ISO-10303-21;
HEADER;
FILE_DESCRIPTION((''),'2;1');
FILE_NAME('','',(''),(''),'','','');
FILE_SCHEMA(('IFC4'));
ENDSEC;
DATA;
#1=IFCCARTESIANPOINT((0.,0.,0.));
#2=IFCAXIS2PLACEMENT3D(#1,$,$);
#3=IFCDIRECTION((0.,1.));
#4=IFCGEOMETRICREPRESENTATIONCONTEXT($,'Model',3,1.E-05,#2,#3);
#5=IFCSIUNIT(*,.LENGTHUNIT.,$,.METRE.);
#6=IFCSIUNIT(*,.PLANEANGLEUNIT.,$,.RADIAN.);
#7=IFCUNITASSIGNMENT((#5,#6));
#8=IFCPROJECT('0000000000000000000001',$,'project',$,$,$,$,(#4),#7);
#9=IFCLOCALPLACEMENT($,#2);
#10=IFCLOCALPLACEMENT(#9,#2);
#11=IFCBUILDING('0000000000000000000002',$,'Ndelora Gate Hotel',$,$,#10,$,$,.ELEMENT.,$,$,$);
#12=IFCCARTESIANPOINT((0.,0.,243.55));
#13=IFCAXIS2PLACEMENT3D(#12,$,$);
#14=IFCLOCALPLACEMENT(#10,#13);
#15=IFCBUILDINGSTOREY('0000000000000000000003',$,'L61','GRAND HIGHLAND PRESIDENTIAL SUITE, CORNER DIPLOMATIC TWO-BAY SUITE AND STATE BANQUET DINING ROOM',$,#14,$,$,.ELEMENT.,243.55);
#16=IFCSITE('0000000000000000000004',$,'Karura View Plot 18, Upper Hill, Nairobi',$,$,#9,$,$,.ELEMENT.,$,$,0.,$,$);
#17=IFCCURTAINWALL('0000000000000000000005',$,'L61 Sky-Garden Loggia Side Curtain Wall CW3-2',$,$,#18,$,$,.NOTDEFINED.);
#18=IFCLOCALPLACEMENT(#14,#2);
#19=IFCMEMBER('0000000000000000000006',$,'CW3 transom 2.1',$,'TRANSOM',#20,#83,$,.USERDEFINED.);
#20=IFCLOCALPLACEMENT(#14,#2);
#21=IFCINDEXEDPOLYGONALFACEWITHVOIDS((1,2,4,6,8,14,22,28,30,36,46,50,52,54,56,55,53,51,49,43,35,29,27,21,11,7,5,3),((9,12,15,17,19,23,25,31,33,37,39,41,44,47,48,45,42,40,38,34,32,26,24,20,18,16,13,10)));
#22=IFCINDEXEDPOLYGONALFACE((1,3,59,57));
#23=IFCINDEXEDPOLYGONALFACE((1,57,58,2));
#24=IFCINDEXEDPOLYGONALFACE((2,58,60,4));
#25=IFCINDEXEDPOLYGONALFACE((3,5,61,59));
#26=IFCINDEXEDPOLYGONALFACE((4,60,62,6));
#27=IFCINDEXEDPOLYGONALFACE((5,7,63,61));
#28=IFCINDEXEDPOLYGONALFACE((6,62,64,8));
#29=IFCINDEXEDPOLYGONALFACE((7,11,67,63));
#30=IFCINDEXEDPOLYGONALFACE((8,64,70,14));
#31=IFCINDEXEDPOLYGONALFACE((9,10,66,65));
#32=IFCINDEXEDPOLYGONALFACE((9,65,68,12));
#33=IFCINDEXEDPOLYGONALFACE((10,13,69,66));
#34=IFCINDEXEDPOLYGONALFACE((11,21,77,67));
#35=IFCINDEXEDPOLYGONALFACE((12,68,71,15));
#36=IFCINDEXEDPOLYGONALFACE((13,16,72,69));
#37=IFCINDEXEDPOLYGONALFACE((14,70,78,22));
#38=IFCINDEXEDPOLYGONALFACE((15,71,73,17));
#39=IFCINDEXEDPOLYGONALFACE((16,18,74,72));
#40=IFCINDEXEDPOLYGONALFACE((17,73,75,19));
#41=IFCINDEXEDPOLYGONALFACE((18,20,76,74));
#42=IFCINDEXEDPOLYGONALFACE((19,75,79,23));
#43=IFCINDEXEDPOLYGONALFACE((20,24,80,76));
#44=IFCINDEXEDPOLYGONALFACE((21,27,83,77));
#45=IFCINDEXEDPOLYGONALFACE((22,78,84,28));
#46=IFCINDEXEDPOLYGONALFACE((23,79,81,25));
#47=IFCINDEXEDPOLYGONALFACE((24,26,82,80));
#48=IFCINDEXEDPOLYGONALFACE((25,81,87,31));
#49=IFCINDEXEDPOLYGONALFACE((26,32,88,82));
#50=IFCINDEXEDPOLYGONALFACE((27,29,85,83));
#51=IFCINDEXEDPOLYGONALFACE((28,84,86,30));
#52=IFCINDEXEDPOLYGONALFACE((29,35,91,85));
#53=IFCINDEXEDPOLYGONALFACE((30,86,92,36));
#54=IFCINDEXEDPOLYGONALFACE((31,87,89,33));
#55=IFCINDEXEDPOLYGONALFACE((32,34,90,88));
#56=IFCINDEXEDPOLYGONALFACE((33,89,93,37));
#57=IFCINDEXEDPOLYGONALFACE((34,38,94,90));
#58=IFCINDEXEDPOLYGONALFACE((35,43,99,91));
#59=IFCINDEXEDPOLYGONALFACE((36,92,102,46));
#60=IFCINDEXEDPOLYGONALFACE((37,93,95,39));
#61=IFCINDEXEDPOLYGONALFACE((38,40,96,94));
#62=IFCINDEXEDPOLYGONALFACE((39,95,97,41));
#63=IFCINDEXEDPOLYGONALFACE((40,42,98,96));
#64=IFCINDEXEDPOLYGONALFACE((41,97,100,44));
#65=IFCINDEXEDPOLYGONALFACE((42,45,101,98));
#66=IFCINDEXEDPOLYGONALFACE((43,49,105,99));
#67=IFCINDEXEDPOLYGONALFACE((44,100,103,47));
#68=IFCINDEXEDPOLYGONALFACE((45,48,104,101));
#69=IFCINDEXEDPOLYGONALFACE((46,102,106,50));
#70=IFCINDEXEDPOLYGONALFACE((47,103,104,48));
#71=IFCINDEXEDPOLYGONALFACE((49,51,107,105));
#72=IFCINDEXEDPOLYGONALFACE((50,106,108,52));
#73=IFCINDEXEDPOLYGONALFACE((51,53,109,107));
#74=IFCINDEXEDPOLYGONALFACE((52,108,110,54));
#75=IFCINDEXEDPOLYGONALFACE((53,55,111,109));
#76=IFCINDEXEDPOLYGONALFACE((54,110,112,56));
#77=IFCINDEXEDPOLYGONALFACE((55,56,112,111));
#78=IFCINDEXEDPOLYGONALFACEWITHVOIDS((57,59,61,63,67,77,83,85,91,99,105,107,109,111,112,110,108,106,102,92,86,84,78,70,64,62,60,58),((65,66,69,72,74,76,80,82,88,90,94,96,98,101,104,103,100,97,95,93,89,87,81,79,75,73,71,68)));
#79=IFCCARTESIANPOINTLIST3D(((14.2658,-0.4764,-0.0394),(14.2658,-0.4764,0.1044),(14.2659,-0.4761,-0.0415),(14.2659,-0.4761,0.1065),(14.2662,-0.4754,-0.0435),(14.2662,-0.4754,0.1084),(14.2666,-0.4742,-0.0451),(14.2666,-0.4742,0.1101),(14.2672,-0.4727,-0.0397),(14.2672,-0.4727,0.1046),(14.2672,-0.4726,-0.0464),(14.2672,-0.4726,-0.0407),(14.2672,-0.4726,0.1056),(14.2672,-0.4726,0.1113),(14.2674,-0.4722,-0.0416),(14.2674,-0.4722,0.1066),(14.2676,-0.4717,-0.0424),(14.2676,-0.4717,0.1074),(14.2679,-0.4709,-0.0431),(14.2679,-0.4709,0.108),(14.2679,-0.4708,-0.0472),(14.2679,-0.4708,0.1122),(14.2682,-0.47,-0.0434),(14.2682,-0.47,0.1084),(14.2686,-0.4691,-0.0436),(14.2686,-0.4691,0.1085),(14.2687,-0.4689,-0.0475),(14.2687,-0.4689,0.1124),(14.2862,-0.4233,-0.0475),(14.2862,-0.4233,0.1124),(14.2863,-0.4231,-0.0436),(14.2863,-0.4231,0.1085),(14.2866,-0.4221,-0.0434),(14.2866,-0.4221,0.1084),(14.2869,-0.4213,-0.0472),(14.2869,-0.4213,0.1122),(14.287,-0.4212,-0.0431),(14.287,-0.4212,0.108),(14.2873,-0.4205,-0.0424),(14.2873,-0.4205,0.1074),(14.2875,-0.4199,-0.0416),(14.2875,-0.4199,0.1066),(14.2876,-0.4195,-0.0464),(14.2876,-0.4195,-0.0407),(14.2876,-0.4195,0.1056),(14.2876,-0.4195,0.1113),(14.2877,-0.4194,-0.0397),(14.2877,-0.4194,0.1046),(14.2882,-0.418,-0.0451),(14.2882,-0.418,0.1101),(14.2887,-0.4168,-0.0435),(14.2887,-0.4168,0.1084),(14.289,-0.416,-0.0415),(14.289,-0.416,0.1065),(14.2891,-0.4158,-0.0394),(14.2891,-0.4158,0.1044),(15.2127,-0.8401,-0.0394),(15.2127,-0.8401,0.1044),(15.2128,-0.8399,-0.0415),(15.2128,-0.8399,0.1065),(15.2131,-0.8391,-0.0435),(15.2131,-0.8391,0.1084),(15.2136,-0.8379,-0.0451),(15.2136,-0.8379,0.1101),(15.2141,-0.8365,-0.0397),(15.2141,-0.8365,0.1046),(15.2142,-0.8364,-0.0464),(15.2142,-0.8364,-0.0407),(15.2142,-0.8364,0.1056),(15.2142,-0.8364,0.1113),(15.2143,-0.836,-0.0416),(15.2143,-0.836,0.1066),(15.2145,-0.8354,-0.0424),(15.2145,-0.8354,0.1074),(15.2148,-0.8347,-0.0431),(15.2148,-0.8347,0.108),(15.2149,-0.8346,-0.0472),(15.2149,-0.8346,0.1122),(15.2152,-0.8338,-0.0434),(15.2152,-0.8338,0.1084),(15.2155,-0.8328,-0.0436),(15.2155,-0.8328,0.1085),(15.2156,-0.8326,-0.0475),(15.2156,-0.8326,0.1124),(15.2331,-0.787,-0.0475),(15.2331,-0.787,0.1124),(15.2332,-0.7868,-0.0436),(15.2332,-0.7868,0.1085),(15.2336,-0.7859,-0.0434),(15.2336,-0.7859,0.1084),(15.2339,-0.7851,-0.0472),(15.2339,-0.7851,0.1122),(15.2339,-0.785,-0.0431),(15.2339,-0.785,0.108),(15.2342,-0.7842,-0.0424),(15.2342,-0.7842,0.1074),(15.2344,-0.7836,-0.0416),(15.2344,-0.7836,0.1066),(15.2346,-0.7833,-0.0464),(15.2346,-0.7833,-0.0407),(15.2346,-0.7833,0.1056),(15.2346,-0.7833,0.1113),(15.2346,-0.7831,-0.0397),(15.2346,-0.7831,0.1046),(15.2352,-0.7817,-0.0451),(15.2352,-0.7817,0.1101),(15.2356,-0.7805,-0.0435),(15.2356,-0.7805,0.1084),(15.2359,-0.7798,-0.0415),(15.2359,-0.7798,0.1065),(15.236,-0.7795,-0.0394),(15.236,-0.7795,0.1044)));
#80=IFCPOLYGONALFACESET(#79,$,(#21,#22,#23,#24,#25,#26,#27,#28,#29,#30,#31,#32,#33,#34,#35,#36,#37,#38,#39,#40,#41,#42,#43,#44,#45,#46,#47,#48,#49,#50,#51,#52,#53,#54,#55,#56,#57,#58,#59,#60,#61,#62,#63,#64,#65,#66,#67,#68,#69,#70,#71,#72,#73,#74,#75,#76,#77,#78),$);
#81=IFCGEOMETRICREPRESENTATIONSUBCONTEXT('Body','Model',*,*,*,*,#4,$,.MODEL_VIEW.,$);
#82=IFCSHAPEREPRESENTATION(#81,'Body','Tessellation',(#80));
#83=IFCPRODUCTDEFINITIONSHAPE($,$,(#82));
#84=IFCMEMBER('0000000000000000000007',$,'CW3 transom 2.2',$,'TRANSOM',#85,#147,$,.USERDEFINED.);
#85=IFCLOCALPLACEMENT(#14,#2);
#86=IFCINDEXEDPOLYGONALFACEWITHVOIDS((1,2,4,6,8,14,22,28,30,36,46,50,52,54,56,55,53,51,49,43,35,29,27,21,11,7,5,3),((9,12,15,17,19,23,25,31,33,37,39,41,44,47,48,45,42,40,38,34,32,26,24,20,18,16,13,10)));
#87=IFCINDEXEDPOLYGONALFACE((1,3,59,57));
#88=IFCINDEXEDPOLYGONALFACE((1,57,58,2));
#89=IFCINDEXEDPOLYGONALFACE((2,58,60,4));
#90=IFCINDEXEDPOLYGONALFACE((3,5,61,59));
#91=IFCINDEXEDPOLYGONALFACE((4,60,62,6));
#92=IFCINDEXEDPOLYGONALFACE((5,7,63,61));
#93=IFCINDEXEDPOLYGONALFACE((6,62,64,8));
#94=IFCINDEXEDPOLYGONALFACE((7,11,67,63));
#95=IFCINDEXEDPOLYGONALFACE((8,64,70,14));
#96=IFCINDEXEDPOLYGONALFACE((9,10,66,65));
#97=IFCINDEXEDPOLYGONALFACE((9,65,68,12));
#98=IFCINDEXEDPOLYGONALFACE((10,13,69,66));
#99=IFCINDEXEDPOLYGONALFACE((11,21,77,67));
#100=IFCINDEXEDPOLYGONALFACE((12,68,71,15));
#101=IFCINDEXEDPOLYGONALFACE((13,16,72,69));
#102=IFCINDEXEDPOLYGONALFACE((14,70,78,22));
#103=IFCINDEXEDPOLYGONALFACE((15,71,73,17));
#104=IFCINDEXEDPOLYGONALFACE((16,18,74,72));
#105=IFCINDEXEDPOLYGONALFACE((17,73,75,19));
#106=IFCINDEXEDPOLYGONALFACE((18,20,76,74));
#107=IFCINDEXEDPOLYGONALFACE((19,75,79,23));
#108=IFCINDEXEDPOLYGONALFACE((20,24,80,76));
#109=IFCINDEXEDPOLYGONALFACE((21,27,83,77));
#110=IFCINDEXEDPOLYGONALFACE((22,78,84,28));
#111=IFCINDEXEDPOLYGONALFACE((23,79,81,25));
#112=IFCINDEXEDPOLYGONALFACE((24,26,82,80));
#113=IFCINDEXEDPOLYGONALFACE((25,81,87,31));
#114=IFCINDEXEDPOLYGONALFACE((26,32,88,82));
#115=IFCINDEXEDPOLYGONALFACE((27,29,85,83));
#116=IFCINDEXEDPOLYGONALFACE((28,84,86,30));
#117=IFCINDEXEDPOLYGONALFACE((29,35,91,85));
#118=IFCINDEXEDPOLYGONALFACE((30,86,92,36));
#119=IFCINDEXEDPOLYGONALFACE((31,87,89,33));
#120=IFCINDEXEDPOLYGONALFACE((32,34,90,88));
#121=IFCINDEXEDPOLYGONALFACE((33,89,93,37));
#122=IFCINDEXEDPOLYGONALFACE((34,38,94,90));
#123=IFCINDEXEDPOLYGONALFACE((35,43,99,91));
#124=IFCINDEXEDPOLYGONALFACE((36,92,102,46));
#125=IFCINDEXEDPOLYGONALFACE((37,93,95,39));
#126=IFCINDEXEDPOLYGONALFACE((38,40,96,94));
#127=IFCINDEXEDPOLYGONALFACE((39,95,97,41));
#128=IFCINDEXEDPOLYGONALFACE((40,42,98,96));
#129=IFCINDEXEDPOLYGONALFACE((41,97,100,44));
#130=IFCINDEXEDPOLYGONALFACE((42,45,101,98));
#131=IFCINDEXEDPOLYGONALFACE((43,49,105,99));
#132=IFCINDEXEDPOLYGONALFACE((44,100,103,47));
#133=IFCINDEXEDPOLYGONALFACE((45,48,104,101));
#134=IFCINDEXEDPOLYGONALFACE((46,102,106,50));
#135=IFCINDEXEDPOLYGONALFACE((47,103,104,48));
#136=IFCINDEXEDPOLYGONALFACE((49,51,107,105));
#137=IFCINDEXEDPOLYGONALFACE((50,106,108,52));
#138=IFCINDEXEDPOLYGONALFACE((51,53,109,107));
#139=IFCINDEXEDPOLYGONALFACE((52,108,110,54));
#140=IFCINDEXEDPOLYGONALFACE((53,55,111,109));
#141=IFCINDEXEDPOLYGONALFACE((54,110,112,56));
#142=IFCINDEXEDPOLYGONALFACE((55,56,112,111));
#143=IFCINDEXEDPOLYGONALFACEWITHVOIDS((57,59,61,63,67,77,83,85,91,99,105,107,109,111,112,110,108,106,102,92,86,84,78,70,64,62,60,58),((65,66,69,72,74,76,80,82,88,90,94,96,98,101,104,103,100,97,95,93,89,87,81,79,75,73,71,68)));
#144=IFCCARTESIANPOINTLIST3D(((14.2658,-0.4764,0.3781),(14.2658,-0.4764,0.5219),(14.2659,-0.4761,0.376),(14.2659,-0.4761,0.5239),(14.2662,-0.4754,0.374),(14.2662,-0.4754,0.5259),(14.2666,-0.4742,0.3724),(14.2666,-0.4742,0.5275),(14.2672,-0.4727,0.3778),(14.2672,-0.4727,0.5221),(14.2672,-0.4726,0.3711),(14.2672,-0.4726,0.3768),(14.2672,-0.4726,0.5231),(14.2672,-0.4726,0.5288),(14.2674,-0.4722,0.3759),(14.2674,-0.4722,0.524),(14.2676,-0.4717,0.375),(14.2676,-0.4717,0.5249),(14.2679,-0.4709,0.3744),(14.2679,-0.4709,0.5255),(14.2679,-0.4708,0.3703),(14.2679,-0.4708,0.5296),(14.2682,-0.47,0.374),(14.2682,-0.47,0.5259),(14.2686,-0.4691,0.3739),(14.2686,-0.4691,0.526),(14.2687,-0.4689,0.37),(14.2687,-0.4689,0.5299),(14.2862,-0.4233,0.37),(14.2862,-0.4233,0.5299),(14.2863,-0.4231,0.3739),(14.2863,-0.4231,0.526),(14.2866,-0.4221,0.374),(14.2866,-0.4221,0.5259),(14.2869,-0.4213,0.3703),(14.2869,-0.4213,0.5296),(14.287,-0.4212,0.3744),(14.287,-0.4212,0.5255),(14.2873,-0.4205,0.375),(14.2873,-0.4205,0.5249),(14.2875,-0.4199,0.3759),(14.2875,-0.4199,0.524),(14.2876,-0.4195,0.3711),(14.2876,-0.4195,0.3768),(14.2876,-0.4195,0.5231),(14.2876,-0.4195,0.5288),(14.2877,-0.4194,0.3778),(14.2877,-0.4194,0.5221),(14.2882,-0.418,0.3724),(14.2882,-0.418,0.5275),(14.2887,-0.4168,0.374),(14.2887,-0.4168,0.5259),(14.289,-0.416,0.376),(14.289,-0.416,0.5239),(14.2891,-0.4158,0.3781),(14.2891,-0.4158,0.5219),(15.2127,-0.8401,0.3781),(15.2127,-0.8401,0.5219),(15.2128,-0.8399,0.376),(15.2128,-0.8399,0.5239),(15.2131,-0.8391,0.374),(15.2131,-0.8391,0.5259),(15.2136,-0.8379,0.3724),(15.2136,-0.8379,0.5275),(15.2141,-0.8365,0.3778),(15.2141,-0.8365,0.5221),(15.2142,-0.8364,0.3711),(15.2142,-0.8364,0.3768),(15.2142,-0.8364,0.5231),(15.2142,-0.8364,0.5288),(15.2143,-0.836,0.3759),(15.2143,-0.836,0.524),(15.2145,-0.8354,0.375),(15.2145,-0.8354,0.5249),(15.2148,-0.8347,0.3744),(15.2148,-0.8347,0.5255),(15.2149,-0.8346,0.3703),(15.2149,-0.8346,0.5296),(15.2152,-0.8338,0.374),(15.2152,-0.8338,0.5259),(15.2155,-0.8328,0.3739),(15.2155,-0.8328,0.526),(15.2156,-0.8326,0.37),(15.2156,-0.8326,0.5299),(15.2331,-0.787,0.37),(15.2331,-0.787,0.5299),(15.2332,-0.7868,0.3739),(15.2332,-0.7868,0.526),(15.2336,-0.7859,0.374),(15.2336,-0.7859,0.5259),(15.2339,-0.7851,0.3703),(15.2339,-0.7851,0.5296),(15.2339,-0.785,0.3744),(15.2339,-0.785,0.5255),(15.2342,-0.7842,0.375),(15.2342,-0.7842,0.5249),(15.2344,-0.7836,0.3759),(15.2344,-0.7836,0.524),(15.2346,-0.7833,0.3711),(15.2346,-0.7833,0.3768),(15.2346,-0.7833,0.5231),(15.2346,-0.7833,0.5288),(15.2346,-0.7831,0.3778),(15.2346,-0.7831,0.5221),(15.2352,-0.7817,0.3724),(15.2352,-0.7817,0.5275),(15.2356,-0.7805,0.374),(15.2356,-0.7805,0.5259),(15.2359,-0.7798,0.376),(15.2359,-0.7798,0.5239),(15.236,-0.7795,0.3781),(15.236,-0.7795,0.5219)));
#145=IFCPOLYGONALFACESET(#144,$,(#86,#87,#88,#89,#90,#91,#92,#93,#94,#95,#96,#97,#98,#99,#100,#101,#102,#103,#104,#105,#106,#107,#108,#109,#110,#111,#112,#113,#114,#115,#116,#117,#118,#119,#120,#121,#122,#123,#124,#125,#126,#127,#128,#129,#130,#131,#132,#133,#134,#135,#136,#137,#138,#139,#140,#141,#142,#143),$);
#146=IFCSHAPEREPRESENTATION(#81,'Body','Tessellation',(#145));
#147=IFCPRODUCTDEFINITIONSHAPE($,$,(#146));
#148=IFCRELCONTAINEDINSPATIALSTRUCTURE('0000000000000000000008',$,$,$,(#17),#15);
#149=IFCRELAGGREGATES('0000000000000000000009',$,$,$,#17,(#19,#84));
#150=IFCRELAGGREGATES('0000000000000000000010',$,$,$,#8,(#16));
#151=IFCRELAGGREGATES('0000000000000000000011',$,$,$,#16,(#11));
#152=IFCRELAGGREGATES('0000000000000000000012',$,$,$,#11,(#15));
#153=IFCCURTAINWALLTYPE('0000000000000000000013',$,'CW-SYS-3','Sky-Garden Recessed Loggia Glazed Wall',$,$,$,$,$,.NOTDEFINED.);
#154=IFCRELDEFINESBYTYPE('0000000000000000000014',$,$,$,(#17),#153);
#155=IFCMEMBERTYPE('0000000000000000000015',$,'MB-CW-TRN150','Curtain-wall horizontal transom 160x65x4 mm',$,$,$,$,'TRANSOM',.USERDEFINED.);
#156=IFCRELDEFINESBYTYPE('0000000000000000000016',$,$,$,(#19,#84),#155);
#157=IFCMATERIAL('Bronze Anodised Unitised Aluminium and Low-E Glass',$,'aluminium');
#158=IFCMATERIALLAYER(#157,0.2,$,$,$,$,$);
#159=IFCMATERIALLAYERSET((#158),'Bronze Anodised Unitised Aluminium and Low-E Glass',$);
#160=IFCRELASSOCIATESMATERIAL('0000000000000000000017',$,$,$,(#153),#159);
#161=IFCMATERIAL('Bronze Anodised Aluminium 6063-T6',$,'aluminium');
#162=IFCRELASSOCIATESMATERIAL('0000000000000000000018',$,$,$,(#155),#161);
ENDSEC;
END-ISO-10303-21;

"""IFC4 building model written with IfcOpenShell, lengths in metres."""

from ifc_helpers import new_model, si_unit, direction, frame, origin, origin_2d, place, context, subcontext, project, spatial, hollow_rectangle, extrude, material, layer, layer_set, material_profile, profile_set, type_object, element, aggregate, save


model = new_model("IFC4")

# Units and contexts
model_context = context("Model", 3, precision=1e-05, world=origin(), true_north=direction((0.0, 1.0)))
body_context = subcontext(model_context, "Body", "Model", "MODEL_VIEW")
ifc_project = project(units=[si_unit("LENGTHUNIT", "METRE"), si_unit("PLANEANGLEUNIT", "RADIAN")], contexts=[model_context])

# Site, building, storey
site_placement = place(None, origin())
site = spatial("IfcSite", under=ifc_project, at=site_placement, Name="Karura View Plot 18, Upper Hill, Nairobi", CompositionType="ELEMENT", RefElevation=0.0)
building_placement = place(site_placement, origin())
building = spatial("IfcBuilding", under=site, at=building_placement, Name="Ndelora Gate Hotel", CompositionType="ELEMENT")
storey_placement = place(building_placement, frame((0.0, 0.0, 243.55)))
storey = spatial("IfcBuildingStorey", under=building, at=storey_placement, Name="L61", Description="GRAND HIGHLAND PRESIDENTIAL SUITE, CORNER DIPLOMATIC TWO-BAY SUITE AND STATE BANQUET DINING ROOM", CompositionType="ELEMENT", Elevation=243.55)

# Curtain wall, members
ifc_material_1 = material(Name="Bronze Anodised Unitised Aluminium and Low-E Glass", Category="aluminium")
ifc_layer_1 = layer(ifc_material_1, 0.2)
ifc_layer_set_1 = layer_set([ifc_layer_1], Name="Bronze Anodised Unitised Aluminium and Low-E Glass")
curtain_wall_type = type_object("IfcCurtainWallType", Name="CW-SYS-3", Description="Sky-Garden Recessed Loggia Glazed Wall", PredefinedType="NOTDEFINED", material=ifc_layer_set_1)
curtain_wall_placement = place(storey_placement, origin())
curtain_wall = element("IfcCurtainWall", 1, at=curtain_wall_placement, inside=storey, type_object=curtain_wall_type, Name="L61 Sky-Garden Loggia Side Curtain Wall CW3-2", PredefinedType="NOTDEFINED")
ifc_material_2 = material(Name="Bronze Anodised Aluminium 6063-T6", Category="aluminium")
ifc_material_profile_1 = material_profile(ifc_material_2, hollow_rectangle(XDim=0.0649, YDim=0.1599, WallThickness=0.0039, InnerFilletRadius=0.0039, OuterFilletRadius=0.0081, at=origin_2d()), Name="ALU 160x65x4")
ifc_profile_set_1 = profile_set([ifc_material_profile_1], Name="Bronze Anodised Aluminium 6063-T6")
member_type_1 = type_object("IfcMemberType", Name="MB-CW-TRN150", Description="Curtain-wall horizontal transom 160x65x4 mm", ElementType="TRANSOM", PredefinedType="USERDEFINED", material=ifc_profile_set_1)
member_1_placement = place(storey_placement, frame((15.2244, -0.8098, 0.0325), z_axis=(-0.933501, 0.358576, 0.0), x_axis=(-0.358576, -0.933501, 0.0)))
member_1 = element("IfcMember", 2, at=member_1_placement, type_object=member_type_1, Name="CW3 transom 2.1", ObjectType="TRANSOM", PredefinedType="USERDEFINED", context=body_context, shape_type="SweptSolid", body=[
    extrude(hollow_rectangle(XDim=0.0649, YDim=0.1599, WallThickness=0.0039, InnerFilletRadius=0.0039, OuterFilletRadius=0.0081, at=origin_2d()), origin(), (0.0, 0.0, 1.0), 1.0144),
])
member_2_placement = place(storey_placement, frame((15.2244, -0.8098, 0.45), z_axis=(-0.933501, 0.358576, 0.0), x_axis=(-0.358576, -0.933501, 0.0)))
member_2 = element("IfcMember", 3, at=member_2_placement, type_object=member_type_1, Name="CW3 transom 2.2", ObjectType="TRANSOM", PredefinedType="USERDEFINED", context=body_context, shape_type="SweptSolid", body=[
    extrude(hollow_rectangle(XDim=0.0649, YDim=0.1599, WallThickness=0.0039, InnerFilletRadius=0.0039, OuterFilletRadius=0.0081, at=origin_2d()), origin(), (0.0, 0.0, 1.0), 1.0144),
])
aggregate(curtain_wall, [member_1, member_2])

save(model, "model.ifc")
